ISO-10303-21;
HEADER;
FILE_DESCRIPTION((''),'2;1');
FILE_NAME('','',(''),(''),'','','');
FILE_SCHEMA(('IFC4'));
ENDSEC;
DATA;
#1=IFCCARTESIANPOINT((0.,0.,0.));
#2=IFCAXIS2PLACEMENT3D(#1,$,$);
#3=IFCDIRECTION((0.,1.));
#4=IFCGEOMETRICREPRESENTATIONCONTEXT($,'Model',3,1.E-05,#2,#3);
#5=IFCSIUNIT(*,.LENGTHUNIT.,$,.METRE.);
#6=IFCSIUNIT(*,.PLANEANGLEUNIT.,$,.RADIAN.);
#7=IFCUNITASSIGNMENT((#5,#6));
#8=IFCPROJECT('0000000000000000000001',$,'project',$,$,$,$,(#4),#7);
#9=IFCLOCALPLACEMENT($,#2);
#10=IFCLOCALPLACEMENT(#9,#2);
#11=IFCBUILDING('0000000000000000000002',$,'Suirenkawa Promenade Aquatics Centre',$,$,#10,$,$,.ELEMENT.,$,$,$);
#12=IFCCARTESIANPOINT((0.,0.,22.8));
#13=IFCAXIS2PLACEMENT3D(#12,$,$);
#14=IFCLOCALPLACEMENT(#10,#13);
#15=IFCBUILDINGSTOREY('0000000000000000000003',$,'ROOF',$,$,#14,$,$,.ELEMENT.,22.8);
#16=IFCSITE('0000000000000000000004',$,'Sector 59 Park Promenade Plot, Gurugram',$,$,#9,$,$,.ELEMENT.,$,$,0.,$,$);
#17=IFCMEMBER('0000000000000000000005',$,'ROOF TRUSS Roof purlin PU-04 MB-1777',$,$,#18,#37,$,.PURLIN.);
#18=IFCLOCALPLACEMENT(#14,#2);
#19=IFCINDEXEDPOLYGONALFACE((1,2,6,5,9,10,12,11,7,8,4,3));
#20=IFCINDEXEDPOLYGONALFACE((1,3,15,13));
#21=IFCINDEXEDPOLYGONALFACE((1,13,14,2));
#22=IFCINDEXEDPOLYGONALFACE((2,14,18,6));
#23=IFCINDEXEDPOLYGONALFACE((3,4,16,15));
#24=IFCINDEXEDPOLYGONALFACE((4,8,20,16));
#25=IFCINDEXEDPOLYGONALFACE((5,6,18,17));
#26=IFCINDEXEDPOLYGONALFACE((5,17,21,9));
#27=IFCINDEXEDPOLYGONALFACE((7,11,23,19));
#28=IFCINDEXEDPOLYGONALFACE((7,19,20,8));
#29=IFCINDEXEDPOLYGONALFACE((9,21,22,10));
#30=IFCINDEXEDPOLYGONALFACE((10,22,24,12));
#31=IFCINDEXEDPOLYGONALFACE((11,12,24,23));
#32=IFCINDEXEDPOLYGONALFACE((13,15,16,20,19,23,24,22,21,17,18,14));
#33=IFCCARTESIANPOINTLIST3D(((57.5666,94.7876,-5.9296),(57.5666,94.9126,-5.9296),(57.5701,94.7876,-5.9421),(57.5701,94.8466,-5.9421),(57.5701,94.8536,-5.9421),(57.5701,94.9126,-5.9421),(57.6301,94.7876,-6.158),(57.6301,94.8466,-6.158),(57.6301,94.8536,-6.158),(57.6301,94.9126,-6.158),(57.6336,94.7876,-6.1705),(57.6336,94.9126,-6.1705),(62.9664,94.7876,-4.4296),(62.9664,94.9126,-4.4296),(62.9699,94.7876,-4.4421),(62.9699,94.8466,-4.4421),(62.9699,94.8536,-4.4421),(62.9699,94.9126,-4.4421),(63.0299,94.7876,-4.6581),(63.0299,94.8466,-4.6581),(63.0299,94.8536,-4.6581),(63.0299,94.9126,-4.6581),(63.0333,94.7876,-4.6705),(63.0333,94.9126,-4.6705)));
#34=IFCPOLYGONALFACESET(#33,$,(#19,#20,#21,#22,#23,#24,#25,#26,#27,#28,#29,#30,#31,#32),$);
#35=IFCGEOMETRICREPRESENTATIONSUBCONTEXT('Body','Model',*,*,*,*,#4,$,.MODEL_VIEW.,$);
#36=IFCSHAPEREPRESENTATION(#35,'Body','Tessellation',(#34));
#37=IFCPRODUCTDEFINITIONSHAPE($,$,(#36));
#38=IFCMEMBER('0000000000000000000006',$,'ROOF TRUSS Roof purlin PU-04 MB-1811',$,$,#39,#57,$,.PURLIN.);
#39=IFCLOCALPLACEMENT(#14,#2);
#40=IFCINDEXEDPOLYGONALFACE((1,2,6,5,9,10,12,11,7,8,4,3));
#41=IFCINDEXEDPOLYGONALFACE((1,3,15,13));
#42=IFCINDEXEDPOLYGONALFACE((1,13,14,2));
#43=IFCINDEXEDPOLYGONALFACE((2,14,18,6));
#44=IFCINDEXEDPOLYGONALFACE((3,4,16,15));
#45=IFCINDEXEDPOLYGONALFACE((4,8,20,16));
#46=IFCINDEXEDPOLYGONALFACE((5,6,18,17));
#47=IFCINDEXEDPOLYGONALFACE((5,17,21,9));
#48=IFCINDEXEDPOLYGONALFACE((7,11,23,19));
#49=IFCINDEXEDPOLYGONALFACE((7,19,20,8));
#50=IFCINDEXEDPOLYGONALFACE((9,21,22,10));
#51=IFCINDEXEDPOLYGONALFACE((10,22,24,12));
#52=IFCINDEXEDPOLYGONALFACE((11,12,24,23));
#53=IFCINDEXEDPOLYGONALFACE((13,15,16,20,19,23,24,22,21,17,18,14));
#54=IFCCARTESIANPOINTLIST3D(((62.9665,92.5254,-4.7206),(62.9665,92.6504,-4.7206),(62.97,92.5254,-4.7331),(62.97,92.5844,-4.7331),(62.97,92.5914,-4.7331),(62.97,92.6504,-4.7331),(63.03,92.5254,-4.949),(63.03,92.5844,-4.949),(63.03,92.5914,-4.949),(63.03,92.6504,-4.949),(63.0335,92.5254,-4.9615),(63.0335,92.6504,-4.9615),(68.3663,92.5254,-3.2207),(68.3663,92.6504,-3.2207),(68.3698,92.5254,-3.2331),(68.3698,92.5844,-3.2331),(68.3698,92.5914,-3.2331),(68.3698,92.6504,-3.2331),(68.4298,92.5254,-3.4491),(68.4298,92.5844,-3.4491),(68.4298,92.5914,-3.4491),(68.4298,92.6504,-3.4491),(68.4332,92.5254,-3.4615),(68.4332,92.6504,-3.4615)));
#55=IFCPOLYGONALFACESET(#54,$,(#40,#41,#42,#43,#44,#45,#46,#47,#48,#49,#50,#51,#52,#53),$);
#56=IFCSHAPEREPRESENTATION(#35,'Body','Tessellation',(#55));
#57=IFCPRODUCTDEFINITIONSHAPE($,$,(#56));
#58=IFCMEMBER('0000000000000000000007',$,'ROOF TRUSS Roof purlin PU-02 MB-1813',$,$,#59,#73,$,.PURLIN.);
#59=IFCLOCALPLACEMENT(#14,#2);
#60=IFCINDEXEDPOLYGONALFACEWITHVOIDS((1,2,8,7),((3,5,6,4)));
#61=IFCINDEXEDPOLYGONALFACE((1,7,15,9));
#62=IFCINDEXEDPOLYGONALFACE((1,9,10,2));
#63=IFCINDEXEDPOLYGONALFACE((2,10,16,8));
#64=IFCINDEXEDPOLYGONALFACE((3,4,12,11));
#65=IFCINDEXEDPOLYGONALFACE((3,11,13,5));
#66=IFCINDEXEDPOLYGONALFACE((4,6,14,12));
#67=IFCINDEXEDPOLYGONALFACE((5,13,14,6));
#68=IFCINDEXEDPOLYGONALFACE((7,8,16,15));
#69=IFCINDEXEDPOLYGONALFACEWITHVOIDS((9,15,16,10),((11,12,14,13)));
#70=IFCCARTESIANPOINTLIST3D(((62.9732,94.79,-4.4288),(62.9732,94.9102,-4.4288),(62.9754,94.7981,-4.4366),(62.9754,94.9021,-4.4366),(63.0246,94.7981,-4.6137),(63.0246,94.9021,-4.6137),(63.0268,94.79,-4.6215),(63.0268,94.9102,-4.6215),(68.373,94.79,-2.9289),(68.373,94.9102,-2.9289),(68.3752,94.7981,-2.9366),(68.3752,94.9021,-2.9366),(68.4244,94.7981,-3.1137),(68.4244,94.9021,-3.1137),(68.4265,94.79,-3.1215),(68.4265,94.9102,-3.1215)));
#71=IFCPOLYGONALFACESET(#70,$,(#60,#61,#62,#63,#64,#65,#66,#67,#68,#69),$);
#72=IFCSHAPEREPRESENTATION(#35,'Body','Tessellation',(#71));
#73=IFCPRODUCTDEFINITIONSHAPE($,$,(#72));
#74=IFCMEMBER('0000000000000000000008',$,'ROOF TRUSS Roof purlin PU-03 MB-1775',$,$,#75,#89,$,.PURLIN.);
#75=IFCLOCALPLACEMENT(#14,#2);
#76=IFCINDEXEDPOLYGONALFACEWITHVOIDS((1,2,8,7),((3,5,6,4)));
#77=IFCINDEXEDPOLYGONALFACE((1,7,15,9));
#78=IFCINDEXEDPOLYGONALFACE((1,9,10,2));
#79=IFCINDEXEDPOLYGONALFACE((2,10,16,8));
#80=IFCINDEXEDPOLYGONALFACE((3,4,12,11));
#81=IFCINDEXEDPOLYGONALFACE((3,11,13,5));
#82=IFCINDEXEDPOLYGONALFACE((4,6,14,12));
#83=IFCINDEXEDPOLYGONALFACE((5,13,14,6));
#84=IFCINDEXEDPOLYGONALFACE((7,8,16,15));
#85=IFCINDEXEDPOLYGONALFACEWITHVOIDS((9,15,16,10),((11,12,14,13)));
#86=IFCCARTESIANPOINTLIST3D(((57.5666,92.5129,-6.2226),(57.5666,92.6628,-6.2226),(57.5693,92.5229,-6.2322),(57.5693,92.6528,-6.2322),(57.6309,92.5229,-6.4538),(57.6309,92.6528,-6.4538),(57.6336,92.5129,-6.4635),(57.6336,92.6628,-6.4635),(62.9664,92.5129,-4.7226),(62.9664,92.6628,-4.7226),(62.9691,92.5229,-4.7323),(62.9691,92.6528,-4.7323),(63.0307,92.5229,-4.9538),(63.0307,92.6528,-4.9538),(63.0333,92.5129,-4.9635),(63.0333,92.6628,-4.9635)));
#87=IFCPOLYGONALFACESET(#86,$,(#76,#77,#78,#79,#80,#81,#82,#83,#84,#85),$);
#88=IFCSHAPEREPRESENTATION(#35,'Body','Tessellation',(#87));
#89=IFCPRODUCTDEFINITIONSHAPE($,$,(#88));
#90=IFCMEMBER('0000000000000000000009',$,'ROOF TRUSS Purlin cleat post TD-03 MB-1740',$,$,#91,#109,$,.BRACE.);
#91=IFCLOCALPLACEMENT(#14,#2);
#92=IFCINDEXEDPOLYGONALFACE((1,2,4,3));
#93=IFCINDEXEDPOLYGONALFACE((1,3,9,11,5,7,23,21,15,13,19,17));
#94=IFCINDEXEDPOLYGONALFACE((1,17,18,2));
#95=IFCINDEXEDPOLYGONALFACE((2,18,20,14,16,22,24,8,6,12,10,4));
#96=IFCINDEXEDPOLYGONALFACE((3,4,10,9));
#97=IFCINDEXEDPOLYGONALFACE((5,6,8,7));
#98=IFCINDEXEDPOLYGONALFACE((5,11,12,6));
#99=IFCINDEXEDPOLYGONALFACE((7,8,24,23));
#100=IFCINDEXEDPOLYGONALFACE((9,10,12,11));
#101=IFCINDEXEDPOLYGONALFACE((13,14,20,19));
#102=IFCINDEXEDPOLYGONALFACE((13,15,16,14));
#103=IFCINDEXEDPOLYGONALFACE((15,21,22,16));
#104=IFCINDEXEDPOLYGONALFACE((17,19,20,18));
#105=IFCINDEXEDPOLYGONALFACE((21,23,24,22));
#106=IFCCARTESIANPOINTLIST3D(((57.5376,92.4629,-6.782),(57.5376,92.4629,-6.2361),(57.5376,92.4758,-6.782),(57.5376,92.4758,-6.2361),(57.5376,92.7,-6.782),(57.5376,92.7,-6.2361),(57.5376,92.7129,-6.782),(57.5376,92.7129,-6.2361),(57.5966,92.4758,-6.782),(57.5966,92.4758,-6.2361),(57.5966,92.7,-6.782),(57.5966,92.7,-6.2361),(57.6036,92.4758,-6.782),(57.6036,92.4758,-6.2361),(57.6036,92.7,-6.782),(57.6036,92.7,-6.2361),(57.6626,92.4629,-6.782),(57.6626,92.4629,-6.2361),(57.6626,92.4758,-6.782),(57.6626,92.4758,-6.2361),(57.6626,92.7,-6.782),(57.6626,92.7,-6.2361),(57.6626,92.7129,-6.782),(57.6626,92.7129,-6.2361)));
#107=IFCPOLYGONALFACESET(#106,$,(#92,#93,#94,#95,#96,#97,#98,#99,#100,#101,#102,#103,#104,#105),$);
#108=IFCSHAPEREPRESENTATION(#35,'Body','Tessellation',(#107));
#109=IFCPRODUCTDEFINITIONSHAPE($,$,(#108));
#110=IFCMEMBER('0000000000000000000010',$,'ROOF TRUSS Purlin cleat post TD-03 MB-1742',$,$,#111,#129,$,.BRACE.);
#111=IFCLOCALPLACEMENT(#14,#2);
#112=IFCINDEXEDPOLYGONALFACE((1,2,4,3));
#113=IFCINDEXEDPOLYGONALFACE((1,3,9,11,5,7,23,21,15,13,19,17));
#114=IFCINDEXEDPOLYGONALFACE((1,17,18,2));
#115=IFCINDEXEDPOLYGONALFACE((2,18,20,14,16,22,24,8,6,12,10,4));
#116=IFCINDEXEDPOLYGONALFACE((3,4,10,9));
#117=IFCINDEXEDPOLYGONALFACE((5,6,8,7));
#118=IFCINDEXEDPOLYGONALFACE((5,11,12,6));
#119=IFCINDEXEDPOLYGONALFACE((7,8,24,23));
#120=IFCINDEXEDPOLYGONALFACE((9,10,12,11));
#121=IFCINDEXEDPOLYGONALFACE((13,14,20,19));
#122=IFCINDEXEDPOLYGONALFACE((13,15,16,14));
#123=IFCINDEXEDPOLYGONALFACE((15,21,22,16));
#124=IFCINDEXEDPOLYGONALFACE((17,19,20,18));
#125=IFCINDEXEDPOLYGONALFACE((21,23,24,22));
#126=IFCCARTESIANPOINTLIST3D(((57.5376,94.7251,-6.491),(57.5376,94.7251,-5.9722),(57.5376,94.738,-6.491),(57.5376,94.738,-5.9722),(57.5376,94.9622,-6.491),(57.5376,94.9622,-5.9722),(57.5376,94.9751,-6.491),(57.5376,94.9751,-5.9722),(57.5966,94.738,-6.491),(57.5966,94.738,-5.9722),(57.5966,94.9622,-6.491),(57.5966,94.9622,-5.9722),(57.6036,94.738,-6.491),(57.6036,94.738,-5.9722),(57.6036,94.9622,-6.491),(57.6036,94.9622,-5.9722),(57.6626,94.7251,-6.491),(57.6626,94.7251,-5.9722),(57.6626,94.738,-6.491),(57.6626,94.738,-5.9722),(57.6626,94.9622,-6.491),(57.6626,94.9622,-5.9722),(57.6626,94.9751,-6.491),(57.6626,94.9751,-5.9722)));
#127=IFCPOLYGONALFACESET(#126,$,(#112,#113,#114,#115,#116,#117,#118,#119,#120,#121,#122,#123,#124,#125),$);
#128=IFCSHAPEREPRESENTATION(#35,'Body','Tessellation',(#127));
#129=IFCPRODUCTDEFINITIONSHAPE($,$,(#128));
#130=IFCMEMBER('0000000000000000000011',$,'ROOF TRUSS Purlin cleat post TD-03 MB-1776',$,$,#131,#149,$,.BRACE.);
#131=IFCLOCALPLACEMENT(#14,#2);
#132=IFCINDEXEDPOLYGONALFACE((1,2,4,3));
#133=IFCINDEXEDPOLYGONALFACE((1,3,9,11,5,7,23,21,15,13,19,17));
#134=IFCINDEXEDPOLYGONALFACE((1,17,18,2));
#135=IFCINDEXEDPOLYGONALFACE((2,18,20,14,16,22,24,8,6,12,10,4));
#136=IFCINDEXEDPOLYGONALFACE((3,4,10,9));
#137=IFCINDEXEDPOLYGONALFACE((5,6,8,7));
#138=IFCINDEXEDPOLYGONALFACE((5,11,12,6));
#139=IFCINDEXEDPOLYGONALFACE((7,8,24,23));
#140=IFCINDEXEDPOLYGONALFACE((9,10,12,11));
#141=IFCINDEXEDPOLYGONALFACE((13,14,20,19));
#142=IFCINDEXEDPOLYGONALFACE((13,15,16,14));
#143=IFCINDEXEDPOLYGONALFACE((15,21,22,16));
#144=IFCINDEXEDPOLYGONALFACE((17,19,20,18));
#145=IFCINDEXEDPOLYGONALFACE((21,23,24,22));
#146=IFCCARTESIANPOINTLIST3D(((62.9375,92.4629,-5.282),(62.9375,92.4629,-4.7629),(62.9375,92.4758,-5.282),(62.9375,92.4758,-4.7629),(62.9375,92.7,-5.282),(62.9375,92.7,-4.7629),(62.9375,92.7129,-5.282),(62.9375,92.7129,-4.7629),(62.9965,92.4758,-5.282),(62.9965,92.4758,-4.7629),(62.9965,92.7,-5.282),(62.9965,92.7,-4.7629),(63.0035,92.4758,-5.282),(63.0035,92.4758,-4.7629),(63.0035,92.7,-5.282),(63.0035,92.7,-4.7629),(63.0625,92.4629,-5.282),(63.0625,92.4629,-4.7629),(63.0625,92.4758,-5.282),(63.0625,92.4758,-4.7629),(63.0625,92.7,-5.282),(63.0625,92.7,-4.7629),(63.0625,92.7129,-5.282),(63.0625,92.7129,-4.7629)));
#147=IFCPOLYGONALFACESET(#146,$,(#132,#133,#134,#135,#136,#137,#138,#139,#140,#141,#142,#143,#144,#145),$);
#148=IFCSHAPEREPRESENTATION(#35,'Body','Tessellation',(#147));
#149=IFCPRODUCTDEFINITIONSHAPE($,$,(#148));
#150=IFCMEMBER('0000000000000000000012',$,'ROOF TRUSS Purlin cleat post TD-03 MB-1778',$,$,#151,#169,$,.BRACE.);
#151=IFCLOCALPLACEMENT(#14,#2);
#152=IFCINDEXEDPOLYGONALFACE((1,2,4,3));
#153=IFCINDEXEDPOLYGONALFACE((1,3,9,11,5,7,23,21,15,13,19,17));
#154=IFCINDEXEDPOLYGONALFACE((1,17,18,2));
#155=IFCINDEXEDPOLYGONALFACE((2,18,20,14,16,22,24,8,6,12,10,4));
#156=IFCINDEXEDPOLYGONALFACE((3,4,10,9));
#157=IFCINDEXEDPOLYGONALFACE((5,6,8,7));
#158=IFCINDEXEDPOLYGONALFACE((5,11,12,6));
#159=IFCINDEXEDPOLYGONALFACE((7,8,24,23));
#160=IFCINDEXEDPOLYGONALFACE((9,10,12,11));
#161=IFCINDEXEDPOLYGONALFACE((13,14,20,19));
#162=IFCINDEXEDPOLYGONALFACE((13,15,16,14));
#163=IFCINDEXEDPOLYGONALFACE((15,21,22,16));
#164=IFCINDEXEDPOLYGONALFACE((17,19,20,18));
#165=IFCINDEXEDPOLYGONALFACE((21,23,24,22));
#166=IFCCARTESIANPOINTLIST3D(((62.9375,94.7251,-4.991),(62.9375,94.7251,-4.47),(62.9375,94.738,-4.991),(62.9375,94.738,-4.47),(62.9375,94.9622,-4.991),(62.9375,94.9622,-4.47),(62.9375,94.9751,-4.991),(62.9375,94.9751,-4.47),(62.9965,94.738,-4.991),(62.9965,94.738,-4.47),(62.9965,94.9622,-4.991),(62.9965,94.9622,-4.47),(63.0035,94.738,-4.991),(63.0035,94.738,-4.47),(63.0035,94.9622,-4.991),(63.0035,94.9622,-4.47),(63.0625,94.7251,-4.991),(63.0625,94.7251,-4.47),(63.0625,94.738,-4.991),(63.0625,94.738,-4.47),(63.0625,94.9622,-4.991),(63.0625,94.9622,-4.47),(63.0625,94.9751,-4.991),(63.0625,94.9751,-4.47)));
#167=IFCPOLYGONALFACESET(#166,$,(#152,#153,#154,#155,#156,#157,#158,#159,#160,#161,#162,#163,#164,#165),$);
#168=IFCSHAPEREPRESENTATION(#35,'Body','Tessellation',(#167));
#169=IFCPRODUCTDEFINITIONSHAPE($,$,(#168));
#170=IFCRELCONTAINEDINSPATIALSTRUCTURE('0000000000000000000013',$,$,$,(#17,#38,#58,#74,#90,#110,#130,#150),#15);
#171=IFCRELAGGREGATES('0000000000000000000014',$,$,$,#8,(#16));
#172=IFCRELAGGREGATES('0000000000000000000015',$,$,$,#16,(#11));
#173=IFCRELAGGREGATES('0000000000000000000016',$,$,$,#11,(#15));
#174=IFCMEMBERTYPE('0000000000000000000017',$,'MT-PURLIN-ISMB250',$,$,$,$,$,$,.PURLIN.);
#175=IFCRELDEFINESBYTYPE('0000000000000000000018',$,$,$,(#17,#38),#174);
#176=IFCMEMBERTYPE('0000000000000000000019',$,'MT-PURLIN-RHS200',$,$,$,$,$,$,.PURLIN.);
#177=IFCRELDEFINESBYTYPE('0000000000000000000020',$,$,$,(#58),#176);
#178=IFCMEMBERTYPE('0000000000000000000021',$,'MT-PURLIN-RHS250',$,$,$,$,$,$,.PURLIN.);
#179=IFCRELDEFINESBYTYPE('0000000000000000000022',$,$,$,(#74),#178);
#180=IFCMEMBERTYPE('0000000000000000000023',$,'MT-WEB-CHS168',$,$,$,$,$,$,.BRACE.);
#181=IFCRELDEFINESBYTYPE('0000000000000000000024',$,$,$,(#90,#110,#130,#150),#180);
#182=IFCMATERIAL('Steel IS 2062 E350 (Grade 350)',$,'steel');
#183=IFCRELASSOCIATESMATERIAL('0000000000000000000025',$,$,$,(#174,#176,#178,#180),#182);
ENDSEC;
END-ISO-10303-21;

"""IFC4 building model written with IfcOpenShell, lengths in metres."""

from ifc_helpers import new_model, si_unit, direction, frame, origin, origin_2d, place, context, subcontext, project, spatial, hollow_rectangle, i_section, extrude, material, material_profile, profile_set, type_object, element, save


model = new_model("IFC4")

# Units and contexts
model_context = context("Model", 3, precision=1e-05, world=origin(), true_north=direction((0.0, 1.0)))
body_context = subcontext(model_context, "Body", "Model", "MODEL_VIEW")
ifc_project = project(units=[si_unit("LENGTHUNIT", "METRE"), si_unit("PLANEANGLEUNIT", "RADIAN")], contexts=[model_context])

# Site, building, storey
site_placement = place(None, origin())
site = spatial("IfcSite", under=ifc_project, at=site_placement, Name="Sector 59 Park Promenade Plot, Gurugram", CompositionType="ELEMENT", RefElevation=0.0)
building_placement = place(site_placement, origin())
building = spatial("IfcBuilding", under=site, at=building_placement, Name="Suirenkawa Promenade Aquatics Centre", CompositionType="ELEMENT")
storey_placement = place(building_placement, frame((0.0, 0.0, 22.8)))
storey = spatial("IfcBuildingStorey", under=building, at=storey_placement, Name="ROOF", CompositionType="ELEMENT", Elevation=22.8)

# Shared definitions
ifc_material_1 = material(Name="Steel IS 2062 E350 (Grade 350)", Category="steel")

# Members
ifc_material_profile_1 = material_profile(ifc_material_1, i_section(OverallWidth=0.125, OverallDepth=0.25, WebThickness=0.0071, FlangeThickness=0.0129, at=origin_2d()), Name="ISMB 250", Category="steel")
ifc_profile_set_1 = profile_set([ifc_material_profile_1], Name="Steel IS 2062 E350 (Grade 350)")
member_type_1 = type_object("IfcMemberType", Name="MT-PURLIN-ISMB250", PredefinedType="PURLIN", material=ifc_profile_set_1)
for number, where, z_axis, x_axis, name in (
    (1, (57.6001, 94.8501, -6.05), (0.963517, 0.0, 0.267648), (0.0, 1.0, 0.0), "ROOF TRUSS Roof purlin PU-04 MB-1777"),
    (2, (63.0, 92.5879, -4.8411), (0.963517, 0.0, 0.267648), (0.0, 1.0, 0.0), "ROOF TRUSS Roof purlin PU-04 MB-1811"),
):
    element("IfcMember", number, at=place(storey_placement, frame(where, z_axis=z_axis, x_axis=x_axis)), inside=storey, type_object=member_type_1, Name=name, PredefinedType="PURLIN", context=body_context, shape_type="SweptSolid", body=[
        extrude(i_section(OverallWidth=0.125, OverallDepth=0.25, WebThickness=0.0071, FlangeThickness=0.0129, at=origin_2d()), origin(), (0.0, 0.0, 1.0), 5.6042),
    ])
ifc_material_profile_2 = material_profile(ifc_material_1, hollow_rectangle(XDim=0.1201, YDim=0.2, WallThickness=0.0081, at=origin_2d()), Name="RHS 200x120x8", Category="steel")
ifc_profile_set_2 = profile_set([ifc_material_profile_2], Name="Steel IS 2062 E350 (Grade 350)")
member_type_2 = type_object("IfcMemberType", Name="MT-PURLIN-RHS200", PredefinedType="PURLIN", material=ifc_profile_set_2)
member_1_placement = place(storey_placement, frame((63.0, 94.8501, -4.5251), z_axis=(0.963517, 0.0, 0.267648), x_axis=(0.0, 1.0, 0.0)))
element("IfcMember", 3, at=member_1_placement, inside=storey, type_object=member_type_2, Name="ROOF TRUSS Roof purlin PU-02 MB-1813", PredefinedType="PURLIN", context=body_context, shape_type="SweptSolid", body=[
    extrude(hollow_rectangle(XDim=0.1201, YDim=0.2, WallThickness=0.0081, at=origin_2d()), origin(), (0.0, 0.0, 1.0), 5.6042),
])
ifc_material_profile_3 = material_profile(ifc_material_1, hollow_rectangle(XDim=0.1499, YDim=0.25, WallThickness=0.01, at=origin_2d()), Name="RHS 250x150x10", Category="steel")
ifc_profile_set_3 = profile_set([ifc_material_profile_3], Name="Steel IS 2062 E350 (Grade 350)")
member_type_3 = type_object("IfcMemberType", Name="MT-PURLIN-RHS250", PredefinedType="PURLIN", material=ifc_profile_set_3)
member_2_placement = place(storey_placement, frame((57.6001, 92.5879, -6.343), z_axis=(0.963517, 0.0, 0.267648), x_axis=(0.0, 1.0, 0.0)))
element("IfcMember", 4, at=member_2_placement, inside=storey, type_object=member_type_3, Name="ROOF TRUSS Roof purlin PU-03 MB-1775", PredefinedType="PURLIN", context=body_context, shape_type="SweptSolid", body=[
    extrude(hollow_rectangle(XDim=0.1499, YDim=0.25, WallThickness=0.01, at=origin_2d()), origin(), (0.0, 0.0, 1.0), 5.6042),
])
ifc_material_profile_4 = material_profile(ifc_material_1, i_section(OverallWidth=0.125, OverallDepth=0.25, WebThickness=0.0071, FlangeThickness=0.0129, at=origin_2d()), Name="ISMB 250", Category="steel")
ifc_profile_set_4 = profile_set([ifc_material_profile_4], Name="Steel IS 2062 E350 (Grade 350)")
member_type_4 = type_object("IfcMemberType", Name="MT-WEB-CHS168", PredefinedType="BRACE", material=ifc_profile_set_4)
member_3_placement = place(storey_placement, frame((57.6001, 92.5879, -6.782), z_axis=(0.0, 0.0, 1.0), x_axis=(1.0, 0.0, 0.0)))
element("IfcMember", 5, at=member_3_placement, inside=storey, type_object=member_type_4, Name="ROOF TRUSS Purlin cleat post TD-03 MB-1740", PredefinedType="BRACE", context=body_context, shape_type="SweptSolid", body=[
    extrude(i_section(OverallWidth=0.125, OverallDepth=0.25, WebThickness=0.0071, FlangeThickness=0.0129, at=origin_2d()), origin(), (0.0, 0.0, 1.0), 0.5459),
])
member_4_placement = place(storey_placement, frame((57.6001, 94.8501, -6.491), z_axis=(0.0, 0.0, 1.0), x_axis=(1.0, 0.0, 0.0)))
element("IfcMember", 6, at=member_4_placement, inside=storey, type_object=member_type_4, Name="ROOF TRUSS Purlin cleat post TD-03 MB-1742", PredefinedType="BRACE", context=body_context, shape_type="SweptSolid", body=[
    extrude(i_section(OverallWidth=0.125, OverallDepth=0.25, WebThickness=0.0071, FlangeThickness=0.0129, at=origin_2d()), origin(), (0.0, 0.0, 1.0), 0.5188),
])
member_5_placement = place(storey_placement, frame((63.0, 92.5879, -5.282), z_axis=(0.0, 0.0, 1.0), x_axis=(1.0, 0.0, 0.0)))
element("IfcMember", 7, at=member_5_placement, inside=storey, type_object=member_type_4, Name="ROOF TRUSS Purlin cleat post TD-03 MB-1776", PredefinedType="BRACE", context=body_context, shape_type="SweptSolid", body=[
    extrude(i_section(OverallWidth=0.125, OverallDepth=0.25, WebThickness=0.0071, FlangeThickness=0.0129, at=origin_2d()), origin(), (0.0, 0.0, 1.0), 0.519),
])
member_6_placement = place(storey_placement, frame((63.0, 94.8501, -4.991), z_axis=(0.0, 0.0, 1.0), x_axis=(1.0, 0.0, 0.0)))
element("IfcMember", 8, at=member_6_placement, inside=storey, type_object=member_type_4, Name="ROOF TRUSS Purlin cleat post TD-03 MB-1778", PredefinedType="BRACE", context=body_context, shape_type="SweptSolid", body=[
    extrude(i_section(OverallWidth=0.125, OverallDepth=0.25, WebThickness=0.0071, FlangeThickness=0.0129, at=origin_2d()), origin(), (0.0, 0.0, 1.0), 0.521),
])

save(model, "model.ifc")
